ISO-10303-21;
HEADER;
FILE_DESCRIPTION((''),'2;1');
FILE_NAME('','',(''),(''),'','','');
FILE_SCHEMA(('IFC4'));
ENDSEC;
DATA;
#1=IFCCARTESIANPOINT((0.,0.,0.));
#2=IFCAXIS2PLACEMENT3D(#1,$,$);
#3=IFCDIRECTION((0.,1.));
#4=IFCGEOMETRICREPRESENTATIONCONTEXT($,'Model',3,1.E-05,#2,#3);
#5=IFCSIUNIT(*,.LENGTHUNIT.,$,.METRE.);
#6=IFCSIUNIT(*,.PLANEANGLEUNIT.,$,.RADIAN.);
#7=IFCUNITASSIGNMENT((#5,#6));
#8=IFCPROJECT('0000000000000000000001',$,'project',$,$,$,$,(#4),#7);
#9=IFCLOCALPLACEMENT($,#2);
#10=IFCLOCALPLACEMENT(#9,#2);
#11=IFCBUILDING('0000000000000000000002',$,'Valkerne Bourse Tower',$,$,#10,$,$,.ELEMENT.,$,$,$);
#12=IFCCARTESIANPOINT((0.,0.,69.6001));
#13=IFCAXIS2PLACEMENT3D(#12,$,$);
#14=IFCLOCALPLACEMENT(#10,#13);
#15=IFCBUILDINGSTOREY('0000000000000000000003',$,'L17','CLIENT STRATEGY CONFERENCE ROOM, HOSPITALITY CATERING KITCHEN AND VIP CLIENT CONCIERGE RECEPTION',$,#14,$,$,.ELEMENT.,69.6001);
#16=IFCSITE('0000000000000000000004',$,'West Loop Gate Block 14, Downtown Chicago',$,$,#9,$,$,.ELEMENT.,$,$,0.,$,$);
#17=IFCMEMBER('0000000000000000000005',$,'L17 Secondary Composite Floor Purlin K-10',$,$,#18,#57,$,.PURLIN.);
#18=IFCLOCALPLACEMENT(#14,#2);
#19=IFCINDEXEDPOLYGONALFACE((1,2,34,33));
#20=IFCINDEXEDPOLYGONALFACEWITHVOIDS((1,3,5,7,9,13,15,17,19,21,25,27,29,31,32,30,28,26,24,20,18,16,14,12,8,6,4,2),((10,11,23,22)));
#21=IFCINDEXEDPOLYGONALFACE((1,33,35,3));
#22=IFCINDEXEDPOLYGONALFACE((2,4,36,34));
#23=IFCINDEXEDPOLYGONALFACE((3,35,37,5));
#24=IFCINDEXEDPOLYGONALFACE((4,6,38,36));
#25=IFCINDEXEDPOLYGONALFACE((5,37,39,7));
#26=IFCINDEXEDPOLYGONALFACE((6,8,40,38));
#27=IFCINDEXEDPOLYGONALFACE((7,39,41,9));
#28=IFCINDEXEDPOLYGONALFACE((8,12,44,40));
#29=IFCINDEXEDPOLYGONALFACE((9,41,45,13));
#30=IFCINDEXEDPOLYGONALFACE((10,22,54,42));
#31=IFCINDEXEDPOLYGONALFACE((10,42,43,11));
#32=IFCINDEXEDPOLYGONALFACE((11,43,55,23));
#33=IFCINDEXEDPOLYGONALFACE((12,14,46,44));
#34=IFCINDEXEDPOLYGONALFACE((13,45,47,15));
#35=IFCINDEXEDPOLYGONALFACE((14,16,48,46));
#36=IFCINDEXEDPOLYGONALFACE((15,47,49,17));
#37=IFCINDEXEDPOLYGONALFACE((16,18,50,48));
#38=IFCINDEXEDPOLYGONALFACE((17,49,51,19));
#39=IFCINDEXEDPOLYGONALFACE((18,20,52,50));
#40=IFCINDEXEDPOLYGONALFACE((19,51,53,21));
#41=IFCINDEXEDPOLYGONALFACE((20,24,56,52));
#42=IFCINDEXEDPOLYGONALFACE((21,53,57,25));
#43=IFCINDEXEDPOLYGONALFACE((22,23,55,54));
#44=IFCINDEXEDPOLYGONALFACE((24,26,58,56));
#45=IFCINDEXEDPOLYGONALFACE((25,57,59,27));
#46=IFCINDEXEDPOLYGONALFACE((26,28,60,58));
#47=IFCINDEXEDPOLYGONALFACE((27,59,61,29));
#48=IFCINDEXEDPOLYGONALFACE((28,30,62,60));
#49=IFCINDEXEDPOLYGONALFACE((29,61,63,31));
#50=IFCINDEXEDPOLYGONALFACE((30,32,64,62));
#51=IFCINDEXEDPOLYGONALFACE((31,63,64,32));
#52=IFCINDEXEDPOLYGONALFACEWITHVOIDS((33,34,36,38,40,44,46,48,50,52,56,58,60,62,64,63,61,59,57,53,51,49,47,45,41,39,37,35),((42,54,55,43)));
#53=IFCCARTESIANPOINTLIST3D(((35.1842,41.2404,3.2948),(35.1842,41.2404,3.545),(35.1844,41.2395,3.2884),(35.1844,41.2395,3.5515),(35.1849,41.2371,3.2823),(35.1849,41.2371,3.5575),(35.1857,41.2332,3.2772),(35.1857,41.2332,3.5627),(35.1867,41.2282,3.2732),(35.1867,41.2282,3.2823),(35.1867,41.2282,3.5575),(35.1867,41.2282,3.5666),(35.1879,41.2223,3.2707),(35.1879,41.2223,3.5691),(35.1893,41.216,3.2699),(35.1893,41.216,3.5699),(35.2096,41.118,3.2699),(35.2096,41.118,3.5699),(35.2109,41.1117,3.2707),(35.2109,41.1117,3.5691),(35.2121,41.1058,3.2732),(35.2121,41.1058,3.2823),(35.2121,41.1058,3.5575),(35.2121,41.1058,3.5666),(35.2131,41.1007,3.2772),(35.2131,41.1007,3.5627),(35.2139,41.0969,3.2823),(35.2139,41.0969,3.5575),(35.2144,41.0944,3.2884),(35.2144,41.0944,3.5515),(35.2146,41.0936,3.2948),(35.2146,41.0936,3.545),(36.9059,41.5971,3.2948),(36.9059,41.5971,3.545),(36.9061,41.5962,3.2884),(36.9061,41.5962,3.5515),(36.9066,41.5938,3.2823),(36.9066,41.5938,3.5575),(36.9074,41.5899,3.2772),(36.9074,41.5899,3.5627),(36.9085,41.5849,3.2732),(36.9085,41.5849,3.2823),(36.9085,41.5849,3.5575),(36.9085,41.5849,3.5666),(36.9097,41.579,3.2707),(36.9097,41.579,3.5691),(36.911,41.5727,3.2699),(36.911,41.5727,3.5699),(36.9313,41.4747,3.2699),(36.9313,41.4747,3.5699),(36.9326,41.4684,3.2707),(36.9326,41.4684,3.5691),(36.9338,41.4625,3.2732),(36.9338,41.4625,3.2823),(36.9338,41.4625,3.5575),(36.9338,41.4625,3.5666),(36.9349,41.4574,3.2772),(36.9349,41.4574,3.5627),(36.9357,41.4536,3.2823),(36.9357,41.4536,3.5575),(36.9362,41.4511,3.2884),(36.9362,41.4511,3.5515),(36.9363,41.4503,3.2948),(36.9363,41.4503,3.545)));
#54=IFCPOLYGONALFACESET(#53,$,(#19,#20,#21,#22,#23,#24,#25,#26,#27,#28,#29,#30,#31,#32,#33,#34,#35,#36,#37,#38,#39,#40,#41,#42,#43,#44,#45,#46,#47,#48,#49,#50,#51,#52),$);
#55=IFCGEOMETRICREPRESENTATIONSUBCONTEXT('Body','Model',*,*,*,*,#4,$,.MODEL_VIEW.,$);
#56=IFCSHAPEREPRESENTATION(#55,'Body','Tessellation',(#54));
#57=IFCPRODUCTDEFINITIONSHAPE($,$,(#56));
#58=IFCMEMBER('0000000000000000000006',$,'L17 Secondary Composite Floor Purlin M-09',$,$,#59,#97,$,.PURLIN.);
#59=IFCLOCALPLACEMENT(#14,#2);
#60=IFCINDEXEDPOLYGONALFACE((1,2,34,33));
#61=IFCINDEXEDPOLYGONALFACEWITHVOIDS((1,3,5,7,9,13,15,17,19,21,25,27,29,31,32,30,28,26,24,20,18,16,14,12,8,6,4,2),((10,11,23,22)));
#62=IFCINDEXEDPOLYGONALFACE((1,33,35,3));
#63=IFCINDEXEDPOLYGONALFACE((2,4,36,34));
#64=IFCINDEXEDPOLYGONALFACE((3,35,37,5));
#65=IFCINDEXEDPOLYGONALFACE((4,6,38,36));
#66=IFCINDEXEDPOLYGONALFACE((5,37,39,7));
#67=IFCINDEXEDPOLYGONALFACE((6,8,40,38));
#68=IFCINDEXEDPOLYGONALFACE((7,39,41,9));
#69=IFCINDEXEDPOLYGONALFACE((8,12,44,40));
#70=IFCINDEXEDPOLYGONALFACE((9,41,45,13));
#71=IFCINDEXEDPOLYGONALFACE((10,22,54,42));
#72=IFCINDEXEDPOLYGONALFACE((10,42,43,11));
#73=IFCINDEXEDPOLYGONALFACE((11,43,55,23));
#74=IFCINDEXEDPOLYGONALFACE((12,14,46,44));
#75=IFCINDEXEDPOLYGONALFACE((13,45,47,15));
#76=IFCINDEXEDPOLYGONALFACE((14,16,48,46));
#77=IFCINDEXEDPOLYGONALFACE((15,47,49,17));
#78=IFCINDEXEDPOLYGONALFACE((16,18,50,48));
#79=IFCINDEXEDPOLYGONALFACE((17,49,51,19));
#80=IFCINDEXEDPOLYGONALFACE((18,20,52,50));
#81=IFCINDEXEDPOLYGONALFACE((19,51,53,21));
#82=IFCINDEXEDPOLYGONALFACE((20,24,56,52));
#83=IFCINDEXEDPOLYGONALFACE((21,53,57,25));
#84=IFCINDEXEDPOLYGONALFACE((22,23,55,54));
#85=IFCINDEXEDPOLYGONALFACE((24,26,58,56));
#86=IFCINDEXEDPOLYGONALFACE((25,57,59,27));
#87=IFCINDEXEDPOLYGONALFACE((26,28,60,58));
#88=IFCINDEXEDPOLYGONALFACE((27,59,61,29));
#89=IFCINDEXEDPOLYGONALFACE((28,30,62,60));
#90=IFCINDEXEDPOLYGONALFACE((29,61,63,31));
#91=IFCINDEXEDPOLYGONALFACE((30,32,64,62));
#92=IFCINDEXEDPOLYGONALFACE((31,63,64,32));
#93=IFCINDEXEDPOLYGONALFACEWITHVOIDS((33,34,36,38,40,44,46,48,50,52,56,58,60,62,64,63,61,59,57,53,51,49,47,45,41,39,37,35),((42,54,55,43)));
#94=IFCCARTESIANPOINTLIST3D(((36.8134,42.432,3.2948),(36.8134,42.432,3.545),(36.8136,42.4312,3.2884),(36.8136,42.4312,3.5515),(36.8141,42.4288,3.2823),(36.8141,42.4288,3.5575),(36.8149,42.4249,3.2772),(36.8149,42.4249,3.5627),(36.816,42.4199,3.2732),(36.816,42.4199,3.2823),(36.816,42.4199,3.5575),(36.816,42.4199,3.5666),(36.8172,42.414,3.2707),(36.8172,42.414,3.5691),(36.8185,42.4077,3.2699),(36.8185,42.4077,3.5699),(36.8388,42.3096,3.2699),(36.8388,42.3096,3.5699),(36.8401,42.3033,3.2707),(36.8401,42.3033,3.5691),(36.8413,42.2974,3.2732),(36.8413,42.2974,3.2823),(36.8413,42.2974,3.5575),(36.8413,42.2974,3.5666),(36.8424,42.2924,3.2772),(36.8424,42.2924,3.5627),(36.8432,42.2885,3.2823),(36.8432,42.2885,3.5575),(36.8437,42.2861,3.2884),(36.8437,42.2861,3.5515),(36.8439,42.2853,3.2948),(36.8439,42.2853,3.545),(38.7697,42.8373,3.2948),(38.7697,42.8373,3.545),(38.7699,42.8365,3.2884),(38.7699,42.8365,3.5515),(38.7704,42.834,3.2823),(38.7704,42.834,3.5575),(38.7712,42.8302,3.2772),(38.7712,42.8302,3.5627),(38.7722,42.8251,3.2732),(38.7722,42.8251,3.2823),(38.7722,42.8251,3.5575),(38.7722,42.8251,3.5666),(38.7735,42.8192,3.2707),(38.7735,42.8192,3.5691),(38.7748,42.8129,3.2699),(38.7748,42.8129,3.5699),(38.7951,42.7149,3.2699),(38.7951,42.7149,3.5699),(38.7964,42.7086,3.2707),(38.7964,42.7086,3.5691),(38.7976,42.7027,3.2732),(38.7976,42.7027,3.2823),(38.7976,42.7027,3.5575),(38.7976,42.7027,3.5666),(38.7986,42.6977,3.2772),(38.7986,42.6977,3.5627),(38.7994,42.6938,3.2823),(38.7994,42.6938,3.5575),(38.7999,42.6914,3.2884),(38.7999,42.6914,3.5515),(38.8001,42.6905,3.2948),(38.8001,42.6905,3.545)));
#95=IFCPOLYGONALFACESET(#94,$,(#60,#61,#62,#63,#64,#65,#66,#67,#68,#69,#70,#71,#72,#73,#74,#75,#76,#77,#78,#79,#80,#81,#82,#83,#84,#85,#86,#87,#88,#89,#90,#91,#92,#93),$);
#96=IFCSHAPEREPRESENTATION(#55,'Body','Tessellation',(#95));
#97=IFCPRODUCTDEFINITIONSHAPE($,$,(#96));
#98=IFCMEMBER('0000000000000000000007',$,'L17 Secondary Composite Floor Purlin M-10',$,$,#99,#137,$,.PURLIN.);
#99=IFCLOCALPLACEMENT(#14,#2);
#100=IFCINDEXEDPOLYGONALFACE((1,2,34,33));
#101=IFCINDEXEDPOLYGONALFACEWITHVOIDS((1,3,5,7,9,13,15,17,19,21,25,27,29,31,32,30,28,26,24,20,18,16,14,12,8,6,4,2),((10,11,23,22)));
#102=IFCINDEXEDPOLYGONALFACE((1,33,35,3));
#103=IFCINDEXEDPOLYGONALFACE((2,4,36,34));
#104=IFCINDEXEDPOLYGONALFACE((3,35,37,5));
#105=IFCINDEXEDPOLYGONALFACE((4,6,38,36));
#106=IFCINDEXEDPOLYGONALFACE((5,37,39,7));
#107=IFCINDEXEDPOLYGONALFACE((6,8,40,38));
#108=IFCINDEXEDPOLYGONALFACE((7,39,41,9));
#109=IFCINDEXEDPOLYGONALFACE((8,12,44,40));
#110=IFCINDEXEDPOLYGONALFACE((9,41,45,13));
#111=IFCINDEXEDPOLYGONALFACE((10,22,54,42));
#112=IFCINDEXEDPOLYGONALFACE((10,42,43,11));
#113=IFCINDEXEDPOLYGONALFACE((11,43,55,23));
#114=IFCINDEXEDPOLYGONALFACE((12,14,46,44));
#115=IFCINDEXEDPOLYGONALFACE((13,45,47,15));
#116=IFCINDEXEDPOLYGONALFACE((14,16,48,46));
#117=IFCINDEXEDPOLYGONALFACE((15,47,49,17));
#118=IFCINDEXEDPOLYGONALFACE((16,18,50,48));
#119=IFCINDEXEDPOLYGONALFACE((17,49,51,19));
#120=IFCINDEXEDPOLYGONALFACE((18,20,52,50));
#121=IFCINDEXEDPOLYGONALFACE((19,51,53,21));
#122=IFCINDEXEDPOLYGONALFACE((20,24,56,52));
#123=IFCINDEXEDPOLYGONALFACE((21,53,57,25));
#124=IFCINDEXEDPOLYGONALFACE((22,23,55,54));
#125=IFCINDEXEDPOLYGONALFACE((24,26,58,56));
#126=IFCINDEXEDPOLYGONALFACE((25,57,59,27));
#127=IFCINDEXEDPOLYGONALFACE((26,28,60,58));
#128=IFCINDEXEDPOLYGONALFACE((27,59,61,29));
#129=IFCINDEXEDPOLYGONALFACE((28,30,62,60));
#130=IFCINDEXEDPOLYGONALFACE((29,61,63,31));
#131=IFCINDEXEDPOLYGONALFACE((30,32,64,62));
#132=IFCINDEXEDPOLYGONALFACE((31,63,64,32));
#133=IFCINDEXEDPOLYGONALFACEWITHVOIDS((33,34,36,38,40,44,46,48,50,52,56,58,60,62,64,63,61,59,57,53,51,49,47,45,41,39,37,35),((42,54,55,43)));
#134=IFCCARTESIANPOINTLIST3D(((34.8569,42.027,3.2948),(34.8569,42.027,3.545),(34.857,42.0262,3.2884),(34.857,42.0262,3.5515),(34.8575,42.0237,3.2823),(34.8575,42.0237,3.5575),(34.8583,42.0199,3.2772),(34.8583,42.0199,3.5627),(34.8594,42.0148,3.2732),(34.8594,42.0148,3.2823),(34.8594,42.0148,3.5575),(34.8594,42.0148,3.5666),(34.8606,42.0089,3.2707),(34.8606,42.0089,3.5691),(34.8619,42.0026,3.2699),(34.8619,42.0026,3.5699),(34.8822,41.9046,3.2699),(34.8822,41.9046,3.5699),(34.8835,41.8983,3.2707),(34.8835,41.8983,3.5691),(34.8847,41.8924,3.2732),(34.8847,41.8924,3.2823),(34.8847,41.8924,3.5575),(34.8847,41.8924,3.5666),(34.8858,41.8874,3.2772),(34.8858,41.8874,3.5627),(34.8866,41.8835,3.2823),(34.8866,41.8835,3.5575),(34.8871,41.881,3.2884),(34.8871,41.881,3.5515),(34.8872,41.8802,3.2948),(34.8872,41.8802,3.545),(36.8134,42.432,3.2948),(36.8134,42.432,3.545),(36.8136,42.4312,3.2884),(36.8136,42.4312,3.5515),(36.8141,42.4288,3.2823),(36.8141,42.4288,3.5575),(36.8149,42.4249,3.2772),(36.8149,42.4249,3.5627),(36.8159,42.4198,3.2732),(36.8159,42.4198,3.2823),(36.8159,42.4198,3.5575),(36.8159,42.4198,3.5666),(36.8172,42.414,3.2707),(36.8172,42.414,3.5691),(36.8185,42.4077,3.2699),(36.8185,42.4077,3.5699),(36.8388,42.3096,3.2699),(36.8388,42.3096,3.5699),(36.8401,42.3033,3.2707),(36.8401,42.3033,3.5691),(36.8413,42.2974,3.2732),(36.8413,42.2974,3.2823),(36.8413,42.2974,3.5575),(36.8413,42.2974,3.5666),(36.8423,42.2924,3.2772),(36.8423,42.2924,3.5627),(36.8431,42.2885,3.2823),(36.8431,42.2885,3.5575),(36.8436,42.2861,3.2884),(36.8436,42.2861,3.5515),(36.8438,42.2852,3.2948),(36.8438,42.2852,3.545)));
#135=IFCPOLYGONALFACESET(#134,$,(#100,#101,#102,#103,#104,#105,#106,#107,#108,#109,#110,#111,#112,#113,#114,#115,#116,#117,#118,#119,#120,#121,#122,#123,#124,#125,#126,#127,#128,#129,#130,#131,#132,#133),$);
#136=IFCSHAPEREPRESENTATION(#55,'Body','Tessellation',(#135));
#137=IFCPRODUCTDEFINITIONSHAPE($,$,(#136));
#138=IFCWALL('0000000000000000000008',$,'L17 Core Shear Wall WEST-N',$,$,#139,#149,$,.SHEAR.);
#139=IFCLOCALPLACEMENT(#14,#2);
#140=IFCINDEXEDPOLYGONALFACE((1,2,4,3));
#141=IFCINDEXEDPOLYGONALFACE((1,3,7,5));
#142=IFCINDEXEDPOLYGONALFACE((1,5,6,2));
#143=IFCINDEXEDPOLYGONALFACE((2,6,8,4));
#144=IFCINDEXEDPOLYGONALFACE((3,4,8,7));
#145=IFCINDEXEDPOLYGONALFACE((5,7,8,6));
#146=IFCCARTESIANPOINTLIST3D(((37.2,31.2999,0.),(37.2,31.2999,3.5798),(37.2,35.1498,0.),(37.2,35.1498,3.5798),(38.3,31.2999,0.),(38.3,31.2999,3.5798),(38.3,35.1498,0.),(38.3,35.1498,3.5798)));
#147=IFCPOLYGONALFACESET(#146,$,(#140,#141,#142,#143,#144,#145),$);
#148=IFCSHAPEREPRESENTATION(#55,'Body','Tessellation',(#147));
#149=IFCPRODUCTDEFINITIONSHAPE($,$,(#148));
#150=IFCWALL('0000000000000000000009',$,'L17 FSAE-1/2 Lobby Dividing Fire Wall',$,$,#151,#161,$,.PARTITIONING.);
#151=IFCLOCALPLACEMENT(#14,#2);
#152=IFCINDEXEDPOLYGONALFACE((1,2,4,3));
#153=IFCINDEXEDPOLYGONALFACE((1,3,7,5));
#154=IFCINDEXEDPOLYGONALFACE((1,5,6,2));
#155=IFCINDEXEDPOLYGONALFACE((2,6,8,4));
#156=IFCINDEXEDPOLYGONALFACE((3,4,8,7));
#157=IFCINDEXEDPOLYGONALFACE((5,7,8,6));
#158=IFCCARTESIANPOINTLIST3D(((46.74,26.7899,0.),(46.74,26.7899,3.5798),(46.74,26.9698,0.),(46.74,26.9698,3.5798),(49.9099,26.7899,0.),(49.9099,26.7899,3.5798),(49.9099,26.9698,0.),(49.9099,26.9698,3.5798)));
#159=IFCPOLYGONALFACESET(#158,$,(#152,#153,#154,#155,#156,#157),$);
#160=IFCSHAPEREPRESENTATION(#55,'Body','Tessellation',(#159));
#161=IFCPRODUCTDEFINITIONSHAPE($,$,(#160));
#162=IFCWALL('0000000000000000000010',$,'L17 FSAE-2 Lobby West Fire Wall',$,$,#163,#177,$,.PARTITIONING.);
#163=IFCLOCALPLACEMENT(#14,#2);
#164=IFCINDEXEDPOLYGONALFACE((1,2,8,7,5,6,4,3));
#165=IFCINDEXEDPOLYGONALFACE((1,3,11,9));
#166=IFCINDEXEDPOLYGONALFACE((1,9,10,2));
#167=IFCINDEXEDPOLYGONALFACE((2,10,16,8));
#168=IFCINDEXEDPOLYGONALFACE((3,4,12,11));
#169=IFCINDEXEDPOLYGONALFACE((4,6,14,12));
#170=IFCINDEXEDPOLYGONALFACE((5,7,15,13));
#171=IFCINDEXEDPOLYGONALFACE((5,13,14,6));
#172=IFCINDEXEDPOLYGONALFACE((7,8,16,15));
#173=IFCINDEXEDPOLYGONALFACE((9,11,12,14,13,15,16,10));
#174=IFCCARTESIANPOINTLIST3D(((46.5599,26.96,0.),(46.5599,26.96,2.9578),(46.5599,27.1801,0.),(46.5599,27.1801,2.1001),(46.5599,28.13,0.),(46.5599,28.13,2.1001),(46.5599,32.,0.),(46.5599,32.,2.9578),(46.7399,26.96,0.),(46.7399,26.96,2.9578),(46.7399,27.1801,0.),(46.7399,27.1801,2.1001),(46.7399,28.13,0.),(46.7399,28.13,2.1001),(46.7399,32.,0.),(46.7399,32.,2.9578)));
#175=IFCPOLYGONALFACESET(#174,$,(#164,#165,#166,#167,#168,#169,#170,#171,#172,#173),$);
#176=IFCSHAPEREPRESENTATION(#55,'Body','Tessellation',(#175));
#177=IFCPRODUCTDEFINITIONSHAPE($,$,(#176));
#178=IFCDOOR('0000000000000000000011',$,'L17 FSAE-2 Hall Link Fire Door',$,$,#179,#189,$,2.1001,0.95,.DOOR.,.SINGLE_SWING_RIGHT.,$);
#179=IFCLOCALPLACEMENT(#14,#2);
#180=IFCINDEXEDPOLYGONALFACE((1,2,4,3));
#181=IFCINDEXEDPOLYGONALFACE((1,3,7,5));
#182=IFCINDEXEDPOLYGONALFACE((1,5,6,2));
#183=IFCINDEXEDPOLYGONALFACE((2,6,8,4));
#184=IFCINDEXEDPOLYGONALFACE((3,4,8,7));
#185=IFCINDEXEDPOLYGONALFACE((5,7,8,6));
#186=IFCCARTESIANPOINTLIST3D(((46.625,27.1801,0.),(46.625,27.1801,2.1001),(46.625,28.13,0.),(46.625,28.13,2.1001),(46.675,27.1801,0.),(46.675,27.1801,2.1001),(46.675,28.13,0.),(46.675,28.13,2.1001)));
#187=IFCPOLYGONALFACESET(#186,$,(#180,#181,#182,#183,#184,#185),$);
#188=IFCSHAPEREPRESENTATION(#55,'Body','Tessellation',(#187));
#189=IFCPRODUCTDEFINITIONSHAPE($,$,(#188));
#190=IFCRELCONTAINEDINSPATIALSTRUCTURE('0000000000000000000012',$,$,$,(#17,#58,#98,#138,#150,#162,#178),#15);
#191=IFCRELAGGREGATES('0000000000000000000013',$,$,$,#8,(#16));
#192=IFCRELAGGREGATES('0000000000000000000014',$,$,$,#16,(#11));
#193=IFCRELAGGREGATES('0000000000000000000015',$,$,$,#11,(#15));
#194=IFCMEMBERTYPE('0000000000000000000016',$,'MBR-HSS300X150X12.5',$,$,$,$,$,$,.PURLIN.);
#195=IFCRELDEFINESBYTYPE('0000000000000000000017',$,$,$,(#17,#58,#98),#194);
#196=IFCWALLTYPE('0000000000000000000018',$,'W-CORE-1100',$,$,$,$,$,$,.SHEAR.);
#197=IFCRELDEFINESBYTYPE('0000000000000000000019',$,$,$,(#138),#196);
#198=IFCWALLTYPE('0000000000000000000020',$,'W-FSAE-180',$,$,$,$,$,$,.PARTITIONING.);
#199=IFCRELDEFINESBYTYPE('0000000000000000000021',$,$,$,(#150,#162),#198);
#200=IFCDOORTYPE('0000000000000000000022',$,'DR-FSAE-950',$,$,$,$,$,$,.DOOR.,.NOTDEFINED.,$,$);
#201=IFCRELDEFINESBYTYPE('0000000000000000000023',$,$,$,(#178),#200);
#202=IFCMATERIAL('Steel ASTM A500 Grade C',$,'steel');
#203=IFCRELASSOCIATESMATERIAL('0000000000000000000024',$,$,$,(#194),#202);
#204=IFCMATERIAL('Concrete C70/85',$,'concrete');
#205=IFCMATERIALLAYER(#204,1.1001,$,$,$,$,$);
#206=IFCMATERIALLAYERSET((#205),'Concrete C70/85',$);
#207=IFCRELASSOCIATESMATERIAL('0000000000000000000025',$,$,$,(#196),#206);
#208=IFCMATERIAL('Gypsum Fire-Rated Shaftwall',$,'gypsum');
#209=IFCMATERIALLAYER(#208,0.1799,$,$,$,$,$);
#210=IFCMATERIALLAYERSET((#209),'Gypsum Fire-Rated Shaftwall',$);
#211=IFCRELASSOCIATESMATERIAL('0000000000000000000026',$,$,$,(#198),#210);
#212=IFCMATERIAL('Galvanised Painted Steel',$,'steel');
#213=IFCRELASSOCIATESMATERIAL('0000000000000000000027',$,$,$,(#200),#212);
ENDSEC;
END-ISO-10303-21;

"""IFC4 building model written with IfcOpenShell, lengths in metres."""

from ifc_helpers import new_model, si_unit, direction, frame, frame_2d, origin, origin_2d, place, context, subcontext, project, spatial, rectangle, hollow_rectangle, extrude, material, layer, layer_set, material_profile, profile_set, type_object, element, fill, save


model = new_model("IFC4")

# Units and contexts
model_context = context("Model", 3, precision=1e-05, world=origin(), true_north=direction((0.0, 1.0)))
body_context = subcontext(model_context, "Body", "Model", "MODEL_VIEW")
ifc_project = project(units=[si_unit("LENGTHUNIT", "METRE"), si_unit("PLANEANGLEUNIT", "RADIAN")], contexts=[model_context])

# Site, building, storey
site_placement = place(None, origin())
site = spatial("IfcSite", under=ifc_project, at=site_placement, Name="West Loop Gate Block 14, Downtown Chicago", CompositionType="ELEMENT", RefElevation=0.0)
building_placement = place(site_placement, origin())
building = spatial("IfcBuilding", under=site, at=building_placement, Name="Valkerne Bourse Tower", CompositionType="ELEMENT")
storey_placement = place(building_placement, frame((0.0, 0.0, 69.6001)))
storey = spatial("IfcBuildingStorey", under=building, at=storey_placement, Name="L17", Description="CLIENT STRATEGY CONFERENCE ROOM, HOSPITALITY CATERING KITCHEN AND VIP CLIENT CONCIERGE RECEPTION", CompositionType="ELEMENT", Elevation=69.6001)

# Members
ifc_material_1 = material(Name="Steel ASTM A500 Grade C", Category="steel")
ifc_material_profile_1 = material_profile(ifc_material_1, hollow_rectangle(XDim=0.1499, YDim=0.3, WallThickness=0.0125, OuterFilletRadius=0.0249, at=origin_2d()), Name="HSS300X150X12.5")
ifc_profile_set_1 = profile_set([ifc_material_profile_1], Name="Steel ASTM A500 Grade C")
member_type = type_object("IfcMemberType", Name="MBR-HSS300X150X12.5", PredefinedType="PURLIN", material=ifc_profile_set_1)
for number, where, z_axis, x_axis, name in (
    (1, (36.9211, 41.5237, 3.4199), (-0.979206, -0.202867, 0.0), (0.202867, -0.979206, 0.0), "L17 Secondary Composite Floor Purlin K-10"),
):
    element("IfcMember", number, at=place(storey_placement, frame(where, z_axis=z_axis, x_axis=x_axis)), inside=storey, type_object=member_type, Name=name, PredefinedType="PURLIN", context=body_context, shape_type="SweptSolid", body=[
        extrude(hollow_rectangle(XDim=0.1499, YDim=0.3, WallThickness=0.0125, OuterFilletRadius=0.0249, at=origin_2d()), origin(), (0.0, 0.0, 1.0), 1.7583),
    ])
member_1_placement = place(storey_placement, frame((38.7849, 42.7639, 3.4199), z_axis=(-0.979209, -0.202856, 0.0), x_axis=(0.202856, -0.979209, 0.0)))
element("IfcMember", 2, at=member_1_placement, inside=storey, type_object=member_type, Name="L17 Secondary Composite Floor Purlin M-09", PredefinedType="PURLIN", context=body_context, shape_type="SweptSolid", body=[
    extrude(hollow_rectangle(XDim=0.1499, YDim=0.3, WallThickness=0.0125, OuterFilletRadius=0.0249, at=origin_2d()), origin(), (0.0, 0.0, 1.0), 1.9978),
])
member_2_placement = place(storey_placement, frame((36.8286, 42.3586, 3.4199), z_axis=(-0.979238, -0.202715, 0.0), x_axis=(0.202715, -0.979238, 0.0)))
element("IfcMember", 3, at=member_2_placement, inside=storey, type_object=member_type, Name="L17 Secondary Composite Floor Purlin M-10", PredefinedType="PURLIN", context=body_context, shape_type="SweptSolid", body=[
    extrude(hollow_rectangle(XDim=0.1499, YDim=0.3, WallThickness=0.0125, OuterFilletRadius=0.0249, at=origin_2d()), origin(), (0.0, 0.0, 1.0), 1.998),
])

# Shared definitions
ifc_material_2 = material(Name="Concrete C70/85", Category="concrete")
ifc_layer_1 = layer(ifc_material_2, 1.1001)
ifc_layer_set_1 = layer_set([ifc_layer_1], Name="Concrete C70/85")
wall_type_1 = type_object("IfcWallType", Name="W-CORE-1100", PredefinedType="SHEAR", material=ifc_layer_set_1)
ifc_material_3 = material(Name="Galvanised Painted Steel", Category="steel")

# Walls
wall_1_placement = place(storey_placement, frame((37.75, 31.3, 0.0), z_axis=(0.0, 0.0, 1.0), x_axis=(0.0, 1.0, 0.0)))
element("IfcWall", 4, at=wall_1_placement, inside=storey, type_object=wall_type_1, Name="L17 Core Shear Wall WEST-N", PredefinedType="SHEAR", context=body_context, shape_type="SweptSolid", body=[
    extrude(rectangle(XDim=3.8499, YDim=1.1001, at=frame_2d((1.9248, 0.0))), origin(), (0.0, 0.0, 1.0), 3.5798),
])
ifc_material_4 = material(Name="Gypsum Fire-Rated Shaftwall", Category="gypsum")
ifc_layer_2 = layer(ifc_material_4, 0.1799)
ifc_layer_set_2 = layer_set([ifc_layer_2], Name="Gypsum Fire-Rated Shaftwall")
wall_type_2 = type_object("IfcWallType", Name="W-FSAE-180", PredefinedType="PARTITIONING", material=ifc_layer_set_2)
wall_2_placement = place(storey_placement, frame((46.74, 26.8799, 0.0), z_axis=(0.0, 0.0, 1.0), x_axis=(1.0, 0.0, 0.0)))
element("IfcWall", 5, at=wall_2_placement, inside=storey, type_object=wall_type_2, Name="L17 FSAE-1/2 Lobby Dividing Fire Wall", PredefinedType="PARTITIONING", context=body_context, shape_type="SweptSolid", body=[
    extrude(rectangle(XDim=3.1699, YDim=0.1799, at=frame_2d((1.585, 0.0))), origin(), (0.0, 0.0, 1.0), 3.5798),
])

# Wall, opening, door
wall_3_placement = place(storey_placement, frame((46.6499, 26.96, 0.0), z_axis=(0.0, 0.0, 1.0), x_axis=(0.0, 1.0, 0.0)))
wall_3 = element("IfcWall", 6, at=wall_3_placement, inside=storey, type_object=wall_type_2, Name="L17 FSAE-2 Lobby West Fire Wall", PredefinedType="PARTITIONING", context=body_context, shape_type="SweptSolid", body=[
    extrude(rectangle(XDim=5.04, YDim=0.1799, at=frame_2d((2.52, 0.0))), origin(), (0.0, 0.0, 1.0), 2.9578),
])
opening_1_placement = place(wall_3_placement, frame((0.22, 0.0, 0.0)))
opening_1 = element("IfcOpeningElement", 7, at=opening_1_placement, cuts=wall_3, PredefinedType="OPENING", context=body_context, shape_type="SweptSolid", body=[
    extrude(rectangle(XDim=0.95, YDim=2.1001, at=frame_2d((0.4751, 1.05))), frame((0.0, 0.0999, 0.0), z_axis=(0.0, -1.0, 0.0), x_axis=(1.0, 0.0, 0.0)), (0.0, 0.0, 1.0), 0.2),
])
door_type_1 = type_object("IfcDoorType", Name="DR-FSAE-950", OperationType="NOTDEFINED", PredefinedType="DOOR", material=ifc_material_3)
door_1_placement = place(opening_1_placement, origin())
door_1 = element("IfcDoor", 8, at=door_1_placement, inside=storey, type_object=door_type_1, Name="L17 FSAE-2 Hall Link Fire Door", OperationType="SINGLE_SWING_RIGHT", OverallHeight=2.1001, OverallWidth=0.95, PredefinedType="DOOR", context=body_context, shape_type="SweptSolid", body=[
    extrude(rectangle(XDim=0.95, YDim=2.1001, at=frame_2d((0.4751, 1.05))), frame((0.0, 0.0249, 0.0), z_axis=(0.0, -1.0, 0.0), x_axis=(1.0, 0.0, 0.0)), (0.0, 0.0, 1.0), 0.05),
])
fill(opening_1, door_1)

save(model, "model.ifc")
